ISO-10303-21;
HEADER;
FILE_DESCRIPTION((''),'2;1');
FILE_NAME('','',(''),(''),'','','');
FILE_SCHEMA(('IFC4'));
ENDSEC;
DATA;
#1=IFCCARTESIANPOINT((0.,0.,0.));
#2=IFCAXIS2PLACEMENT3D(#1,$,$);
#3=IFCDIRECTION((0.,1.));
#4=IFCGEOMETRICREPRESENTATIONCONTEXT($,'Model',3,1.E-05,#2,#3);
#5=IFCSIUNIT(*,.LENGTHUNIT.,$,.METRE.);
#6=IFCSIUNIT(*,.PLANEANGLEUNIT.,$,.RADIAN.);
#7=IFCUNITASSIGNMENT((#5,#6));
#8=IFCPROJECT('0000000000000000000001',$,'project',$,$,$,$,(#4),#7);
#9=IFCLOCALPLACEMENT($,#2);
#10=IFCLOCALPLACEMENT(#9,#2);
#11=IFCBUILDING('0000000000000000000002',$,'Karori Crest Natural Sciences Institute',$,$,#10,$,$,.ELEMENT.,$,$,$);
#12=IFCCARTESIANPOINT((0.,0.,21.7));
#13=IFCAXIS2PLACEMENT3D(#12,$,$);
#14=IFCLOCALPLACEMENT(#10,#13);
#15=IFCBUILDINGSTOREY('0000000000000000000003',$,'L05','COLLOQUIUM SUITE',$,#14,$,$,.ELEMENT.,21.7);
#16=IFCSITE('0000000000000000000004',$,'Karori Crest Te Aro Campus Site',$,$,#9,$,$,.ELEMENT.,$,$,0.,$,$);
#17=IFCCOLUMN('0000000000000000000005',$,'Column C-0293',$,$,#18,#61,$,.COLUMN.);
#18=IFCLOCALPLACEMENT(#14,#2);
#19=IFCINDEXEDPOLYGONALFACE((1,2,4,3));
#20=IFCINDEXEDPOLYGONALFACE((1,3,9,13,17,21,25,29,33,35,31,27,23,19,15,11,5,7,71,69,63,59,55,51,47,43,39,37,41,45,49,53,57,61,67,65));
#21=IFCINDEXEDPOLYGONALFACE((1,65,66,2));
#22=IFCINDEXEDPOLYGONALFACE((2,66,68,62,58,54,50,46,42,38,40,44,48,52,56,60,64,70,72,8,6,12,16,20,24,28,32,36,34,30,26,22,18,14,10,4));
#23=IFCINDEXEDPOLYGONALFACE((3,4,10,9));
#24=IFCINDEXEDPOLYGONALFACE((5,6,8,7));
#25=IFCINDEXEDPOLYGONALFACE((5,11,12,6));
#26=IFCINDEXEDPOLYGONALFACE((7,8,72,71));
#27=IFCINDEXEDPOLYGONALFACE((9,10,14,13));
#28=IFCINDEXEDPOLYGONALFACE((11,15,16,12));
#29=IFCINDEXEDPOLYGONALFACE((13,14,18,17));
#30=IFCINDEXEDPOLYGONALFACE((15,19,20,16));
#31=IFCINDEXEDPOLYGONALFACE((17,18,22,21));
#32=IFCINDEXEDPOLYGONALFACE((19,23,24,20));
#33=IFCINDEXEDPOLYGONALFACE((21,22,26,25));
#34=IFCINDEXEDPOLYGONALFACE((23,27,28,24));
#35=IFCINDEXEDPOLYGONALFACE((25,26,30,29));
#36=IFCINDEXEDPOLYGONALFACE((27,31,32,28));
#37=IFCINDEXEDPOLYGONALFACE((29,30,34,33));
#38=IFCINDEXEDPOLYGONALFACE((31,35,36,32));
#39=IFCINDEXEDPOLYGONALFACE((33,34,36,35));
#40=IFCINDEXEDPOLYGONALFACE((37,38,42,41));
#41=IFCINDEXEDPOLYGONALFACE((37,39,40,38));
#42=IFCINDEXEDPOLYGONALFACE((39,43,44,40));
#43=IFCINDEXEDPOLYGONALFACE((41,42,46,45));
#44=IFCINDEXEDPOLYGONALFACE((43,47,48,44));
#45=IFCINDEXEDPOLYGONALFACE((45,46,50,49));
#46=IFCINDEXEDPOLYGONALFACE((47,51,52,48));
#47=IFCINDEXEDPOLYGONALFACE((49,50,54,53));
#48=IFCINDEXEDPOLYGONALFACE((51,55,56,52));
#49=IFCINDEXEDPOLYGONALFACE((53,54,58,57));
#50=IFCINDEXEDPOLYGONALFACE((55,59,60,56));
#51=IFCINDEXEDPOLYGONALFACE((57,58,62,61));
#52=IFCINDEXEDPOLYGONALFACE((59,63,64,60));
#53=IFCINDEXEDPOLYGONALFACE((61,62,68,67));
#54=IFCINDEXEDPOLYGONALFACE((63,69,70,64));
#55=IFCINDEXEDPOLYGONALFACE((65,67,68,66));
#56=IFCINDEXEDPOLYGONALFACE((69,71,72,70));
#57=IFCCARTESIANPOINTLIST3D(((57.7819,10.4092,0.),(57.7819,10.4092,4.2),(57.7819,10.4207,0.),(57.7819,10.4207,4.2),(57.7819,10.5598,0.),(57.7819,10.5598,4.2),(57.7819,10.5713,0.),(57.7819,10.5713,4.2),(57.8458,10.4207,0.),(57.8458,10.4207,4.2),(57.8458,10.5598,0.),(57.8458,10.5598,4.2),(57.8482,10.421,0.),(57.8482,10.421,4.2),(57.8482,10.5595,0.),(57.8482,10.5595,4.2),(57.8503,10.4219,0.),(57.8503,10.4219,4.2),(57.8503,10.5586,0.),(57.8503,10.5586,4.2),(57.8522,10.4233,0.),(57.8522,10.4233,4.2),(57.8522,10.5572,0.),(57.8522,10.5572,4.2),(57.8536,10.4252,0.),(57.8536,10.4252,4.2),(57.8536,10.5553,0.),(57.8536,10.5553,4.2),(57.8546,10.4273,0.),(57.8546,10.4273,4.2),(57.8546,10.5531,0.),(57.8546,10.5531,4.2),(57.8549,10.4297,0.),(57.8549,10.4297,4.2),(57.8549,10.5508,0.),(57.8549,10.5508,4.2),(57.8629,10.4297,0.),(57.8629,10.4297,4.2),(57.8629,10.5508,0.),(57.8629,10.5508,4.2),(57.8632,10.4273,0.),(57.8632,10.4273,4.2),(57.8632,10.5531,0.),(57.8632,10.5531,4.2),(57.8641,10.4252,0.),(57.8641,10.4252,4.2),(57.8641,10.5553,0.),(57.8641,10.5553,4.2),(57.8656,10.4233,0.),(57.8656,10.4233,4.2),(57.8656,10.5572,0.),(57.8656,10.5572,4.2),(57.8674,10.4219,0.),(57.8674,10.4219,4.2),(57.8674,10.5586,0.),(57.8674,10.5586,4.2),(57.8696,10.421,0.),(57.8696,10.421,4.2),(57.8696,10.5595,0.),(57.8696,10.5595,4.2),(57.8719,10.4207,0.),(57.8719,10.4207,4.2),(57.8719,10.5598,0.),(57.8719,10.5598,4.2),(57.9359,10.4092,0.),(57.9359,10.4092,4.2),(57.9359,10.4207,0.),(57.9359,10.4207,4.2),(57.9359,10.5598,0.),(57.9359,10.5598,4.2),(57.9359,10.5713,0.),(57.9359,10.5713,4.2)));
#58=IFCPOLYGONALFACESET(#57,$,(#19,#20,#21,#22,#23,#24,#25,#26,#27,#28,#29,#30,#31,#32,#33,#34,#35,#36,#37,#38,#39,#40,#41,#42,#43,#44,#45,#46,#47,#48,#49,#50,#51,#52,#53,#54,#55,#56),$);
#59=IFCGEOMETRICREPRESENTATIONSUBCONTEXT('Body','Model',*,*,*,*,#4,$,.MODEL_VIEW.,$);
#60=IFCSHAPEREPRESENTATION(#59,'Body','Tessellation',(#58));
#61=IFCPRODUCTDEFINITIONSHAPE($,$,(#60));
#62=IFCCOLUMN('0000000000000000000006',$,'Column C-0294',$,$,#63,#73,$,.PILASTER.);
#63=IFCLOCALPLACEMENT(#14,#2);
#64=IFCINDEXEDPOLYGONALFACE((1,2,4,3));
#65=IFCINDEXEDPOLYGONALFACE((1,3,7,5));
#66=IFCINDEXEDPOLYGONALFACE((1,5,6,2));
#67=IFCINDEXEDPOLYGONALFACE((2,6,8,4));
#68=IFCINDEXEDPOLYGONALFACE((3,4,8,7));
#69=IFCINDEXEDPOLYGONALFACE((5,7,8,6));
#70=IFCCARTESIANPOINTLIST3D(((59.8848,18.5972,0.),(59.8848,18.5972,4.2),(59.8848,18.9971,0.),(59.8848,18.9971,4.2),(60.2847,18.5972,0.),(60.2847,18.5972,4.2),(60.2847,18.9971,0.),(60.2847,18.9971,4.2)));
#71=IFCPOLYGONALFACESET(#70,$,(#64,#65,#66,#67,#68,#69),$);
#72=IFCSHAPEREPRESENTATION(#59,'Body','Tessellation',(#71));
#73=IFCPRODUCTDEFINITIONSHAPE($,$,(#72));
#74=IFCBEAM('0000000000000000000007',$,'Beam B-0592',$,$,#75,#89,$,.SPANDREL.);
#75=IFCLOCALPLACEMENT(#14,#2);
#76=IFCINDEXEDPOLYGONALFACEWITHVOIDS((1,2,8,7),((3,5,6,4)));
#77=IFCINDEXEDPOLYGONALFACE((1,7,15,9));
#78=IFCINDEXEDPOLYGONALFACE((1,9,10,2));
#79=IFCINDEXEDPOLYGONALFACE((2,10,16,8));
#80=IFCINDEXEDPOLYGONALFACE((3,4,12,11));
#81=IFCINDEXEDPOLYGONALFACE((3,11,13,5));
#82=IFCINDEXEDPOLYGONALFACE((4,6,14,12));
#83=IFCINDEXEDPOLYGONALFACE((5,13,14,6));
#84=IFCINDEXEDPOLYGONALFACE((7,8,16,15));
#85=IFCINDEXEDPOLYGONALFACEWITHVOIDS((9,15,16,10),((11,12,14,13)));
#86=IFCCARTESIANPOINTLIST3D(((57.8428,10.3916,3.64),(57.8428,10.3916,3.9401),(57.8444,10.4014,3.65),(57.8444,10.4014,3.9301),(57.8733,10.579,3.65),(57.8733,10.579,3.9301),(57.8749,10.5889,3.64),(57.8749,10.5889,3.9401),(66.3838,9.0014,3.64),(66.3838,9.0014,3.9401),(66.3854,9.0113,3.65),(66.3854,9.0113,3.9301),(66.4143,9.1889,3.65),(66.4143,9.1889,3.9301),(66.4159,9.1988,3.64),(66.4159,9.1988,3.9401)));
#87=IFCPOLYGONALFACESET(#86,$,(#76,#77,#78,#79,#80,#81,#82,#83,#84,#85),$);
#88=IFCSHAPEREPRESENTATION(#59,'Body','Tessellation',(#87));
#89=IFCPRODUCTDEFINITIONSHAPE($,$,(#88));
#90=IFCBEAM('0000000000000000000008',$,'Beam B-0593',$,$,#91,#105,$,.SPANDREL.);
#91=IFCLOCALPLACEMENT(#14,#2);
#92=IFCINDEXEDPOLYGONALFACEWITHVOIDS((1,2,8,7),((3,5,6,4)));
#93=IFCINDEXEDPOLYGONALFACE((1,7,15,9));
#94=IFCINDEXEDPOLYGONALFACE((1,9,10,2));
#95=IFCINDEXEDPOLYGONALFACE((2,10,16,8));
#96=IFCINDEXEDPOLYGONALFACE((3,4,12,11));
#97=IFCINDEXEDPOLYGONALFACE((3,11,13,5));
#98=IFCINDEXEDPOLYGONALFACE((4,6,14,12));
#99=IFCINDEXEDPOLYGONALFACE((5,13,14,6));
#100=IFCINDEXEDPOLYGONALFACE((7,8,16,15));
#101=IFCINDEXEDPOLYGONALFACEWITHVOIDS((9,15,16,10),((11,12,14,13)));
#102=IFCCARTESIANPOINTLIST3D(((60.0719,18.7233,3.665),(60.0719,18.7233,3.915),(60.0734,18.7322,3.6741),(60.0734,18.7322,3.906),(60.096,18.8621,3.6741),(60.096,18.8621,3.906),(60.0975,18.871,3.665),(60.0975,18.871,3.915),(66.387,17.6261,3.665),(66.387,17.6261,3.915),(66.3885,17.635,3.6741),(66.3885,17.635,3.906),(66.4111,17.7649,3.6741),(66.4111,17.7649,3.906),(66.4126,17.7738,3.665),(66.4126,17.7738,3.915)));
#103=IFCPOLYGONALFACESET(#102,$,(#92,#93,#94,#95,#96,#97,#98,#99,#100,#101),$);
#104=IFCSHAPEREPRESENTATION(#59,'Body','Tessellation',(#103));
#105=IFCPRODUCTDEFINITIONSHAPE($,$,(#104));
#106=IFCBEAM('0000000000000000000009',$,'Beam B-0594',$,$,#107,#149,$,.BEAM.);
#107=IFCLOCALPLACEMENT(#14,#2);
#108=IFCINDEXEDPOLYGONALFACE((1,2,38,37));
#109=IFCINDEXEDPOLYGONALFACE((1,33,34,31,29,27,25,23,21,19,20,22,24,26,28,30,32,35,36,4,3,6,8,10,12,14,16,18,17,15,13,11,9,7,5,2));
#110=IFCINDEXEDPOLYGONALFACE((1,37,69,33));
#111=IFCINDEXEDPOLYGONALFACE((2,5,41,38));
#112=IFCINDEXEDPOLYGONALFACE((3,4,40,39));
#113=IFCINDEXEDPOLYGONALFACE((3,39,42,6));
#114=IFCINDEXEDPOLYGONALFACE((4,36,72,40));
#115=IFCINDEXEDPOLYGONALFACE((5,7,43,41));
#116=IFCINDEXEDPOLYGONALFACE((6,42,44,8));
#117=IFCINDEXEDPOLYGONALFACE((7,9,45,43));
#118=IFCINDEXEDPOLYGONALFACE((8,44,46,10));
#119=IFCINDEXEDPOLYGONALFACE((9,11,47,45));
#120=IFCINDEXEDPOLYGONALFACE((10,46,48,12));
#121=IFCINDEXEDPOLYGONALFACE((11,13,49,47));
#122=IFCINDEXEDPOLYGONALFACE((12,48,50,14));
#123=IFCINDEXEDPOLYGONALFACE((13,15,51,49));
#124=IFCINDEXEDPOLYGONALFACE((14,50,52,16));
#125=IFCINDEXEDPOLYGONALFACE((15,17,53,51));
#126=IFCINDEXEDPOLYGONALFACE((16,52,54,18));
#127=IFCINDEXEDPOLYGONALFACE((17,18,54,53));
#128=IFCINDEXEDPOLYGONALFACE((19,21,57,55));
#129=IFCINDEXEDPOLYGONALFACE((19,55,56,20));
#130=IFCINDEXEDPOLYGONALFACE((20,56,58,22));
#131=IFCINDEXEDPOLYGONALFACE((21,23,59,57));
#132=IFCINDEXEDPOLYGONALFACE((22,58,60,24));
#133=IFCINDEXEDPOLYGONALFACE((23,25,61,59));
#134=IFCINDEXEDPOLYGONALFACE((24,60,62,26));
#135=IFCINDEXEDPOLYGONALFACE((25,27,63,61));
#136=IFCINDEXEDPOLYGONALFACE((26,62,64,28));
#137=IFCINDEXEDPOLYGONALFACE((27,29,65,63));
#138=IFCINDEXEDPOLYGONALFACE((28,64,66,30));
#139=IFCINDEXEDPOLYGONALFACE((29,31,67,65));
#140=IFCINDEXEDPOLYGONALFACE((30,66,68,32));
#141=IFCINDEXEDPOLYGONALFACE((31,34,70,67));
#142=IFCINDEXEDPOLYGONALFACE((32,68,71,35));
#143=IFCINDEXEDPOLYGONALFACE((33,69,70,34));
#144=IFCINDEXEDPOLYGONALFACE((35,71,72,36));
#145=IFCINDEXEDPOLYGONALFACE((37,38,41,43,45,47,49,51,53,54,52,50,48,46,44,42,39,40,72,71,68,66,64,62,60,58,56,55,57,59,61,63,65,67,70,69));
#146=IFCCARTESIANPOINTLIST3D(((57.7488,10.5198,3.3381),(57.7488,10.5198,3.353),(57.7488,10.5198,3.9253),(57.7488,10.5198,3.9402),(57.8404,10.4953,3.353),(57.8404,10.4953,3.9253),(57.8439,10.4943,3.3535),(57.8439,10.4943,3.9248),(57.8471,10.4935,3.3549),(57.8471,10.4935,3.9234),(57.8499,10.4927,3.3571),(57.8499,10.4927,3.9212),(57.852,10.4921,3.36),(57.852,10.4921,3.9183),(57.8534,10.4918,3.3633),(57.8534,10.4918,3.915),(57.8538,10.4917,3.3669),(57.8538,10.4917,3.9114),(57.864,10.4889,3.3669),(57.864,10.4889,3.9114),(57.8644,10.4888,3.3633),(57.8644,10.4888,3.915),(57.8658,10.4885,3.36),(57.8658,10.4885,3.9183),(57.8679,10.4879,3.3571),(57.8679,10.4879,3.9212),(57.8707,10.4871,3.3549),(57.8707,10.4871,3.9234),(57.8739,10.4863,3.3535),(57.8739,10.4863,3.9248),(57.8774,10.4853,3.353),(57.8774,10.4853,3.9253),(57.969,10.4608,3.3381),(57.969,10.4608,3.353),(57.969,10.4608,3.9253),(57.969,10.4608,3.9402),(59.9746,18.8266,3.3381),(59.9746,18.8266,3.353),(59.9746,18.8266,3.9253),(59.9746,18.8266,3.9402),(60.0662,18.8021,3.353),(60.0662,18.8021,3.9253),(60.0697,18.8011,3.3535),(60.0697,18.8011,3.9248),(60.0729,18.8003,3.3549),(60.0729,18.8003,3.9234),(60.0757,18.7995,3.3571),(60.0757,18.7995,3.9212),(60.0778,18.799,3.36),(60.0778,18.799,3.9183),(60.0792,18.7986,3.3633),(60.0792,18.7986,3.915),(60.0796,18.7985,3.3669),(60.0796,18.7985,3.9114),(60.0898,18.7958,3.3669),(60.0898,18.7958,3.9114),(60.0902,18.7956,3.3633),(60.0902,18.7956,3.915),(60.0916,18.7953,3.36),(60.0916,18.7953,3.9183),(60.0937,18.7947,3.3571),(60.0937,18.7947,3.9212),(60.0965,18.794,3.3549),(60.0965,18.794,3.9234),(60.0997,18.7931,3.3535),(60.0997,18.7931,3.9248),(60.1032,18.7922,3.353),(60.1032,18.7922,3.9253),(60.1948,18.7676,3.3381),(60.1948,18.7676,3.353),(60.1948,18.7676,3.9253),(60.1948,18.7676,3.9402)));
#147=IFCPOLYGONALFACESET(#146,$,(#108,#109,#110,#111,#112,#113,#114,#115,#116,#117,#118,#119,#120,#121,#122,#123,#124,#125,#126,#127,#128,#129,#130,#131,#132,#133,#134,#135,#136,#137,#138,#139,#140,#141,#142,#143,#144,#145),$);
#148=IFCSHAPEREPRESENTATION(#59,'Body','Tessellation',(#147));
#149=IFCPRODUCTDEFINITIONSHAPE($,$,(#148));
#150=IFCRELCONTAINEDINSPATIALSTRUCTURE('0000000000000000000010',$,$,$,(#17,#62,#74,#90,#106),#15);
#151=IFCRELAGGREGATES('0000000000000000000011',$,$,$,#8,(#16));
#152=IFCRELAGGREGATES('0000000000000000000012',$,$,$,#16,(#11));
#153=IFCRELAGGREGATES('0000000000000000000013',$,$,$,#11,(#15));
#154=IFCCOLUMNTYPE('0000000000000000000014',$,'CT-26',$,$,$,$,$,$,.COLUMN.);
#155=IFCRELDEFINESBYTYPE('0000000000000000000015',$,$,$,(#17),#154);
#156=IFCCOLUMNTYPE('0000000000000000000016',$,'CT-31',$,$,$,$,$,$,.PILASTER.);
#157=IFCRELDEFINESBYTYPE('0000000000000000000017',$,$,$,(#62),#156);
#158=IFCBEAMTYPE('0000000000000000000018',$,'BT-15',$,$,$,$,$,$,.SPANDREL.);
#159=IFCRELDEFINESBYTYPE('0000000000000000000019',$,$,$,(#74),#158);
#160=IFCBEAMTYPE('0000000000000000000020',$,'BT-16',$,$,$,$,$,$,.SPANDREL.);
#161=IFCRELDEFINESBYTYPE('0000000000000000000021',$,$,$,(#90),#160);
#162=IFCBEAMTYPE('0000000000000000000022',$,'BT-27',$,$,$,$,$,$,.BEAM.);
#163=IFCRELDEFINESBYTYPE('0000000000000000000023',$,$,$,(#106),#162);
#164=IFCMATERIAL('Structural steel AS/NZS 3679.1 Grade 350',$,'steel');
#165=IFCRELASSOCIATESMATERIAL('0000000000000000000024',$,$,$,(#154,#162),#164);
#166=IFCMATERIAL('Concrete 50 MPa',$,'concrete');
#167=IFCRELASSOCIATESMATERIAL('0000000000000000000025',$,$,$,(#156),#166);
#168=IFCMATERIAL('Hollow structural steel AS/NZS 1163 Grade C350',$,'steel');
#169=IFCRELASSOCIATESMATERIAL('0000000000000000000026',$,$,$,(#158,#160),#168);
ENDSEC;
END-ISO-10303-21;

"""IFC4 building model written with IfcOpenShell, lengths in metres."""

from ifc_helpers import new_model, si_unit, direction, frame, origin, origin_2d, place, context, subcontext, project, spatial, rectangle, hollow_rectangle, i_section, extrude, material, material_profile, profile_set, type_object, element, save


model = new_model("IFC4")

# Units and contexts
model_context = context("Model", 3, precision=1e-05, world=origin(), true_north=direction((0.0, 1.0)))
body_context = subcontext(model_context, "Body", "Model", "MODEL_VIEW")
ifc_project = project(units=[si_unit("LENGTHUNIT", "METRE"), si_unit("PLANEANGLEUNIT", "RADIAN")], contexts=[model_context])

# Site, building, storey
site_placement = place(None, origin())
site = spatial("IfcSite", under=ifc_project, at=site_placement, Name="Karori Crest Te Aro Campus Site", CompositionType="ELEMENT", RefElevation=0.0)
building_placement = place(site_placement, origin())
building = spatial("IfcBuilding", under=site, at=building_placement, Name="Karori Crest Natural Sciences Institute", CompositionType="ELEMENT")
storey_placement = place(building_placement, frame((0.0, 0.0, 21.7)))
storey = spatial("IfcBuildingStorey", under=building, at=storey_placement, Name="L05", Description="COLLOQUIUM SUITE", CompositionType="ELEMENT", Elevation=21.7)

# Columns
ifc_material_1 = material(Name="Structural steel AS/NZS 3679.1 Grade 350", Category="steel")
ifc_material_profile_1 = material_profile(ifc_material_1, i_section(OverallWidth=0.1541, OverallDepth=0.1621, WebThickness=0.0081, FlangeThickness=0.0115, FilletRadius=0.009, at=origin_2d()), Name="150UC37.2")
ifc_profile_set_1 = profile_set([ifc_material_profile_1], Name="Structural steel AS/NZS 3679.1 Grade 350")
column_type_1 = type_object("IfcColumnType", Name="CT-26", PredefinedType="COLUMN", material=ifc_profile_set_1)
column_1_placement = place(storey_placement, frame((57.8589, 10.4902, 0.0), z_axis=(0.0, 0.0, 1.0), x_axis=(1.0, 0.0, 0.0)))
element("IfcColumn", 1, at=column_1_placement, inside=storey, type_object=column_type_1, Name="Column C-0293", PredefinedType="COLUMN", context=body_context, shape_type="SweptSolid", body=[
    extrude(i_section(OverallWidth=0.1541, OverallDepth=0.1621, WebThickness=0.0081, FlangeThickness=0.0115, FilletRadius=0.009, at=origin_2d()), origin(), (0.0, 0.0, 1.0), 4.2),
])
ifc_material_2 = material(Name="Concrete 50 MPa", Category="concrete")
ifc_material_profile_2 = material_profile(ifc_material_2, rectangle(XDim=0.3999, YDim=0.3999, at=origin_2d()), Name="RC400x400")
ifc_profile_set_2 = profile_set([ifc_material_profile_2], Name="Concrete 50 MPa")
column_type_2 = type_object("IfcColumnType", Name="CT-31", PredefinedType="PILASTER", material=ifc_profile_set_2)
column_2_placement = place(storey_placement, frame((60.0847, 18.7971, 0.0), z_axis=(0.0, 0.0, 1.0), x_axis=(1.0, 0.0, 0.0)))
element("IfcColumn", 2, at=column_2_placement, inside=storey, type_object=column_type_2, Name="Column C-0294", PredefinedType="PILASTER", context=body_context, shape_type="SweptSolid", body=[
    extrude(rectangle(XDim=0.3999, YDim=0.3999, at=origin_2d()), origin(), (0.0, 0.0, 1.0), 4.2),
])

# Beams
ifc_material_3 = material(Name="Hollow structural steel AS/NZS 1163 Grade C350", Category="steel")
ifc_material_profile_3 = material_profile(ifc_material_3, hollow_rectangle(XDim=0.2, YDim=0.3, WallThickness=0.01, at=origin_2d()), Name="RHS300x200x10")
ifc_profile_set_3 = profile_set([ifc_material_profile_3], Name="Hollow structural steel AS/NZS 1163 Grade C350")
beam_type_1 = type_object("IfcBeamType", Name="BT-15", PredefinedType="SPANDREL", material=ifc_profile_set_3)
beam_1_placement = place(storey_placement, frame((57.8589, 10.4902, 3.79), z_axis=(0.987012, -0.160646, 0.0), x_axis=(0.160646, 0.987012, 0.0)))
element("IfcBeam", 3, at=beam_1_placement, inside=storey, type_object=beam_type_1, Name="Beam B-0592", PredefinedType="SPANDREL", context=body_context, shape_type="SweptSolid", body=[
    extrude(hollow_rectangle(XDim=0.2, YDim=0.3, WallThickness=0.01, at=origin_2d()), origin(), (0.0, 0.0, 1.0), 8.6533),
])
ifc_material_profile_4 = material_profile(ifc_material_3, hollow_rectangle(XDim=0.1499, YDim=0.25, WallThickness=0.009, at=origin_2d()), Name="RHS250x150x9")
ifc_profile_set_4 = profile_set([ifc_material_profile_4], Name="Hollow structural steel AS/NZS 1163 Grade C350")
beam_type_2 = type_object("IfcBeamType", Name="BT-16", PredefinedType="SPANDREL", material=ifc_profile_set_4)
beam_2_placement = place(storey_placement, frame((60.0847, 18.7971, 3.79), z_axis=(0.985241, -0.171171, 0.0), x_axis=(0.171171, 0.985241, 0.0)))
element("IfcBeam", 4, at=beam_2_placement, inside=storey, type_object=beam_type_2, Name="Beam B-0593", PredefinedType="SPANDREL", context=body_context, shape_type="SweptSolid", body=[
    extrude(hollow_rectangle(XDim=0.1499, YDim=0.25, WallThickness=0.009, at=origin_2d()), origin(), (0.0, 0.0, 1.0), 6.4097),
])
ifc_material_profile_5 = material_profile(ifc_material_1, i_section(OverallWidth=0.228, OverallDepth=0.6021, WebThickness=0.0105, FlangeThickness=0.0149, FilletRadius=0.0139, at=origin_2d()), Name="610UB101")
ifc_profile_set_5 = profile_set([ifc_material_profile_5], Name="Structural steel AS/NZS 3679.1 Grade 350")
beam_type_3 = type_object("IfcBeamType", Name="BT-27", PredefinedType="BEAM", material=ifc_profile_set_5)
beam_3_placement = place(storey_placement, frame((60.0847, 18.7971, 3.6392), z_axis=(-0.25882, -0.965926, 0.0), x_axis=(0.965926, -0.25882, 0.0)))
element("IfcBeam", 5, at=beam_3_placement, inside=storey, type_object=beam_type_3, Name="Beam B-0594", PredefinedType="BEAM", context=body_context, shape_type="SweptSolid", body=[
    extrude(i_section(OverallWidth=0.228, OverallDepth=0.6021, WebThickness=0.0105, FlangeThickness=0.0149, FilletRadius=0.0139, at=origin_2d()), origin(), (0.0, 0.0, 1.0), 8.5999),
])

save(model, "model.ifc")
